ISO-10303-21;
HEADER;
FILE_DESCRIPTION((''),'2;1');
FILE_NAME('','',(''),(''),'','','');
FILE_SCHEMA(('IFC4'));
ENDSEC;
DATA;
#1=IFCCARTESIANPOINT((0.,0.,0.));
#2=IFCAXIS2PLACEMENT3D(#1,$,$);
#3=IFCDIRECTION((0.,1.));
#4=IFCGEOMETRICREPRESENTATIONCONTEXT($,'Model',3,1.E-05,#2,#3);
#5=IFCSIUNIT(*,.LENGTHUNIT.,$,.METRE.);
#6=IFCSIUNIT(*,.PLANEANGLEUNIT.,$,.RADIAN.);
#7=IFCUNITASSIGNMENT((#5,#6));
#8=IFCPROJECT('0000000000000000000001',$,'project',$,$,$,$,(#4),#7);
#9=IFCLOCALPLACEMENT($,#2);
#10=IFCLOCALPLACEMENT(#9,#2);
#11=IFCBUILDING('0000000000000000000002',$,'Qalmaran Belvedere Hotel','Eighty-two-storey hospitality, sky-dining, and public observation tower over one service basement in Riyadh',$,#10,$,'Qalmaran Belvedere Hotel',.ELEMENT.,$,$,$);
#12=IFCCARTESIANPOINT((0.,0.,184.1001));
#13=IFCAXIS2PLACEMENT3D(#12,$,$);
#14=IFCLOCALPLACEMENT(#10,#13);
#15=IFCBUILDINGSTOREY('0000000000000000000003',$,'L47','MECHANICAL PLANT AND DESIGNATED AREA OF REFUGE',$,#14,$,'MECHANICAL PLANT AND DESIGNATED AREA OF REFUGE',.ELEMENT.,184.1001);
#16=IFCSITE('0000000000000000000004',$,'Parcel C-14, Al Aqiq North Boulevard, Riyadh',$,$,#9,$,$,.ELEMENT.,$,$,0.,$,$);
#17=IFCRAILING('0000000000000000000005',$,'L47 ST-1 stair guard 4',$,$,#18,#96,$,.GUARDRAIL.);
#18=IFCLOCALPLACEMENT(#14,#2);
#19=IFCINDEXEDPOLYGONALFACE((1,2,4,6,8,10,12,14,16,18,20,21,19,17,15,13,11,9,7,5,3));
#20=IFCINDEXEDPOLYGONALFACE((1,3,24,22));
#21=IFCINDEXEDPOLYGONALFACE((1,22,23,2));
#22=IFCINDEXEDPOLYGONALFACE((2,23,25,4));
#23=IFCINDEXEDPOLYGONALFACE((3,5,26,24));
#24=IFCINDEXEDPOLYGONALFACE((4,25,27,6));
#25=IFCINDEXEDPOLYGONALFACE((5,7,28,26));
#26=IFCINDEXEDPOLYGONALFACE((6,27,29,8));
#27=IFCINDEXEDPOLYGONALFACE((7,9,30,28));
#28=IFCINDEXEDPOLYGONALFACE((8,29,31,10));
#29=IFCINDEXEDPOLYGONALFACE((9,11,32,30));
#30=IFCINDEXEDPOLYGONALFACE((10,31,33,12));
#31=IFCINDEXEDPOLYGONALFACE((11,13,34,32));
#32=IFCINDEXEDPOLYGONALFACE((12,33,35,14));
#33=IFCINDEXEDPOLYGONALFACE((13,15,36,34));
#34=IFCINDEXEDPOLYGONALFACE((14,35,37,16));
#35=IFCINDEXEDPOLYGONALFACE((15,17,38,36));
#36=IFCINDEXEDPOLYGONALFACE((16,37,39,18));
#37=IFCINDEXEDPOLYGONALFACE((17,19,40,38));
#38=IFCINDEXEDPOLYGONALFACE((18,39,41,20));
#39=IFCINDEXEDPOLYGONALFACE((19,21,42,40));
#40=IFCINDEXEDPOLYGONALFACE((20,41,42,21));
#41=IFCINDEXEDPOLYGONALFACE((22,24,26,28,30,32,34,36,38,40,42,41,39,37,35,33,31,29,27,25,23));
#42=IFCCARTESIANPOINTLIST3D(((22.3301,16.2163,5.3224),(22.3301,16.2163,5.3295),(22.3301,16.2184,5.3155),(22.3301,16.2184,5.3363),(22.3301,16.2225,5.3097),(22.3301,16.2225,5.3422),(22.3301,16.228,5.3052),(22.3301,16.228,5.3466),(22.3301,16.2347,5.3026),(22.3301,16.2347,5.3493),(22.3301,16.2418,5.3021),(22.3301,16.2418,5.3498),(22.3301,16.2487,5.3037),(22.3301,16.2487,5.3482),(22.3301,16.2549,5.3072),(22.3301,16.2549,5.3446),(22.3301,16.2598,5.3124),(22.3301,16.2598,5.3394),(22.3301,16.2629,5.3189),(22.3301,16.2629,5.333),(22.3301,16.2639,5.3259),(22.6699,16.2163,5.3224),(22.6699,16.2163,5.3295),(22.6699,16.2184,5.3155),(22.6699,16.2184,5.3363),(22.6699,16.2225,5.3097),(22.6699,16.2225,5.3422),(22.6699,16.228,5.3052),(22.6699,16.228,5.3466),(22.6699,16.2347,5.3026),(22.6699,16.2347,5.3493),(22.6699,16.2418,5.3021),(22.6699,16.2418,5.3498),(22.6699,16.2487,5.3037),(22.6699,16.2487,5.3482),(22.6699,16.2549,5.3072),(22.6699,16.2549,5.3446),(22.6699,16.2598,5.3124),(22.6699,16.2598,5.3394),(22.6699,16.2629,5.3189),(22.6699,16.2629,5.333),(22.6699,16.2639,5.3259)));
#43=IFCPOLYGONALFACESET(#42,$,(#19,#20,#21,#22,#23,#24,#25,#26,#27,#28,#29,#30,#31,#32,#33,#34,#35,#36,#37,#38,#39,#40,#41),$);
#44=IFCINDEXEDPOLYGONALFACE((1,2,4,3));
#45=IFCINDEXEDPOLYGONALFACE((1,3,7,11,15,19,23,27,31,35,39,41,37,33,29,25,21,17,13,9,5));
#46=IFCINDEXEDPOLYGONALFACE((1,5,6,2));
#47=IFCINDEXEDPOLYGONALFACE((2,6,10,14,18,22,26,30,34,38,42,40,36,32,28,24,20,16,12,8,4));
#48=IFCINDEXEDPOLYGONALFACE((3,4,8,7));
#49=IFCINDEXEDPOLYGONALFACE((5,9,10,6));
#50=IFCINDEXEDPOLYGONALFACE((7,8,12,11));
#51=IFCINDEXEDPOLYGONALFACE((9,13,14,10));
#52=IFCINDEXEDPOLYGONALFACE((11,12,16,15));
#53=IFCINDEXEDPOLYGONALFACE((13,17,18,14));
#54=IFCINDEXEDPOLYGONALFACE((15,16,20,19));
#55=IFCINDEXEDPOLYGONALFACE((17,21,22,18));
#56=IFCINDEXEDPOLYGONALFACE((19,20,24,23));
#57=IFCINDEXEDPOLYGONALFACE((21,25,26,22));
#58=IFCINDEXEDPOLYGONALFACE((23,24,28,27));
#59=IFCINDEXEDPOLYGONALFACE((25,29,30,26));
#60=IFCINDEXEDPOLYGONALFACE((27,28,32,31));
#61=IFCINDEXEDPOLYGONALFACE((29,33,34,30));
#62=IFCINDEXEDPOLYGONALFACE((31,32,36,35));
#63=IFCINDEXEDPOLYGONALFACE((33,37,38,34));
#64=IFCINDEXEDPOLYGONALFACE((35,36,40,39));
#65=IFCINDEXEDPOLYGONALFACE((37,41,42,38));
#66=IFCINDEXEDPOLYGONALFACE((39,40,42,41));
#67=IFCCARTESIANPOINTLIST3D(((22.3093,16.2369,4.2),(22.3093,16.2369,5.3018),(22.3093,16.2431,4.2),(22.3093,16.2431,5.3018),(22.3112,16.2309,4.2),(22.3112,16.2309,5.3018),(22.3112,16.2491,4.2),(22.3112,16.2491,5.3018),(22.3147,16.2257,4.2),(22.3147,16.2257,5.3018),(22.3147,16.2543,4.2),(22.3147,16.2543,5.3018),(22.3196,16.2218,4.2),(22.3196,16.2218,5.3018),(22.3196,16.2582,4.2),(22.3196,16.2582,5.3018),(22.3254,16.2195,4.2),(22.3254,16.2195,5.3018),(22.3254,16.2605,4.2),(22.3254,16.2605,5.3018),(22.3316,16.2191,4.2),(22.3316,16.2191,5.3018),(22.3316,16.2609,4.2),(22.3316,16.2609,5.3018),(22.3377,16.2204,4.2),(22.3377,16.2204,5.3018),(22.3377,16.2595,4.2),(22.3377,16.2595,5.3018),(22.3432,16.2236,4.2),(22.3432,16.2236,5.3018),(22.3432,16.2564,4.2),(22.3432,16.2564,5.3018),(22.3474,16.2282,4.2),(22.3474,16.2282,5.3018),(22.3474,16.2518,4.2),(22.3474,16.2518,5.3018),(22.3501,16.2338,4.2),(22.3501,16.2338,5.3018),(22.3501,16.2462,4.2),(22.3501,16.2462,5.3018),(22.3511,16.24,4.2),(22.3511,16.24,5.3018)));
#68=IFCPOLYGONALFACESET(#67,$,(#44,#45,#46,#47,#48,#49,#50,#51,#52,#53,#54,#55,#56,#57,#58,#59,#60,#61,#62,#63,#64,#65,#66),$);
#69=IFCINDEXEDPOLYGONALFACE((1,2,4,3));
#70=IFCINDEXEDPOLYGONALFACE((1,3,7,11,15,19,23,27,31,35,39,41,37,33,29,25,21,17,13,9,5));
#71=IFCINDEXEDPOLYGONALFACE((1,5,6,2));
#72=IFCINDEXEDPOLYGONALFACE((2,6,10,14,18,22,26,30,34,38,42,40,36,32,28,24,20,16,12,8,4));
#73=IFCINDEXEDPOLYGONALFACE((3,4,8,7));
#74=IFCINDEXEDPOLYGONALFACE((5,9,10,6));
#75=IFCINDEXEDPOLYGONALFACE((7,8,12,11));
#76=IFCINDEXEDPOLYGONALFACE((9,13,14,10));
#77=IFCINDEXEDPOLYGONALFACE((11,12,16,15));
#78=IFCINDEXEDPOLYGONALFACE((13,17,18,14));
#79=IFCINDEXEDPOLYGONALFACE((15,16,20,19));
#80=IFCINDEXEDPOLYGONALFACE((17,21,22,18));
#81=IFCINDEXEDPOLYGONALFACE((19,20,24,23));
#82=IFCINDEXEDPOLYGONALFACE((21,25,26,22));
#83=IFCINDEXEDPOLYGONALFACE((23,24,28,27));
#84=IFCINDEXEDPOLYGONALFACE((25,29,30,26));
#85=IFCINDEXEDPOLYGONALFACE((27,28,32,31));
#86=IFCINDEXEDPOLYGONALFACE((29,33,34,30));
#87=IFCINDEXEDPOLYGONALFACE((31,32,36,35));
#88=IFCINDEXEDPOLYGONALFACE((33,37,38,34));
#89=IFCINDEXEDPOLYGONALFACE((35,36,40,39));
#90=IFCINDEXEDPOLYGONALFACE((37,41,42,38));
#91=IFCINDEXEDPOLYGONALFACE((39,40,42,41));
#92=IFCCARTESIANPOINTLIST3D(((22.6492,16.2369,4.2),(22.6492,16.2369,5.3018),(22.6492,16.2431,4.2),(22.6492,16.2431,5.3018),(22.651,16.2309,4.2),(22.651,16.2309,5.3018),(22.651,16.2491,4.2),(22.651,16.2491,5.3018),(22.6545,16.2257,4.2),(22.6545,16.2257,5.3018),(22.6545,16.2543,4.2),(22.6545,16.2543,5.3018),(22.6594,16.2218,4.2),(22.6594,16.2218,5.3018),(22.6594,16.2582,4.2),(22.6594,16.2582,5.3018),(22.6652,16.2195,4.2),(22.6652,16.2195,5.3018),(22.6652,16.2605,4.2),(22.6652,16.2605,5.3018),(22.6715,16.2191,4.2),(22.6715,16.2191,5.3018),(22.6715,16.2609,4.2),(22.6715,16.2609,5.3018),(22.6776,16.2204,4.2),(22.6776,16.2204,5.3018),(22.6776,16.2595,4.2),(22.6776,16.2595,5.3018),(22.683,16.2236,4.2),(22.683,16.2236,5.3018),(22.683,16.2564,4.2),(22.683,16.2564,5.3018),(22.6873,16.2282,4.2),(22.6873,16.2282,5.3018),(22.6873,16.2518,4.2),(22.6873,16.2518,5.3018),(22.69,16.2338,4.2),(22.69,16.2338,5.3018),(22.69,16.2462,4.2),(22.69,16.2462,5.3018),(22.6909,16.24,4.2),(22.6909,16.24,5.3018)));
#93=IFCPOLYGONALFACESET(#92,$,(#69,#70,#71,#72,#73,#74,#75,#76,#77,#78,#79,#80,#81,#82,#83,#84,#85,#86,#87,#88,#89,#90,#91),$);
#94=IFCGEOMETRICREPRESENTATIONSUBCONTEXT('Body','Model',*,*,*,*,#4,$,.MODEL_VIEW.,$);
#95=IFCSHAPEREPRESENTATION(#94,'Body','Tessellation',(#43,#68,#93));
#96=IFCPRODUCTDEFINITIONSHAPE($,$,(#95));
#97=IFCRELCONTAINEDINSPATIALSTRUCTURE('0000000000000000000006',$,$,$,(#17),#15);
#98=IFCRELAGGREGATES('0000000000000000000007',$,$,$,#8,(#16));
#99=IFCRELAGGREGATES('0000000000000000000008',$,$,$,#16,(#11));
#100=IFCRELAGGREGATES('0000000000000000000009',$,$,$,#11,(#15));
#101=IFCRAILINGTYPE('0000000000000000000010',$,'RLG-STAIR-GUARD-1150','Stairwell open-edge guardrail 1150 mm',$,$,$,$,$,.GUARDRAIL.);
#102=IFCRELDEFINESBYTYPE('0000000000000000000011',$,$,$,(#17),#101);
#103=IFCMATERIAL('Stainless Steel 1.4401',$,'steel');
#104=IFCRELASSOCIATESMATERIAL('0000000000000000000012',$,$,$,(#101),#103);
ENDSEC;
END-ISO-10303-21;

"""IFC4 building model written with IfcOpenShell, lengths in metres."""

from ifc_helpers import new_model, si_unit, direction, frame, origin, origin_2d, place, context, subcontext, project, spatial, circle, extrude, material, type_object, element, save


model = new_model("IFC4")

# Units and contexts
model_context = context("Model", 3, precision=1e-05, world=origin(), true_north=direction((0.0, 1.0)))
body_context = subcontext(model_context, "Body", "Model", "MODEL_VIEW")
ifc_project = project(units=[si_unit("LENGTHUNIT", "METRE"), si_unit("PLANEANGLEUNIT", "RADIAN")], contexts=[model_context])

# Site, building, storey
site_placement = place(None, origin())
site = spatial("IfcSite", under=ifc_project, at=site_placement, Name="Parcel C-14, Al Aqiq North Boulevard, Riyadh", CompositionType="ELEMENT", RefElevation=0.0)
building_placement = place(site_placement, origin())
building = spatial("IfcBuilding", under=site, at=building_placement, Name="Qalmaran Belvedere Hotel", Description="Eighty-two-storey hospitality, sky-dining, and public observation tower over one service basement in Riyadh", LongName="Qalmaran Belvedere Hotel", CompositionType="ELEMENT")
storey_placement = place(building_placement, frame((0.0, 0.0, 184.1001)))
storey = spatial("IfcBuildingStorey", under=building, at=storey_placement, Name="L47", Description="MECHANICAL PLANT AND DESIGNATED AREA OF REFUGE", LongName="MECHANICAL PLANT AND DESIGNATED AREA OF REFUGE", CompositionType="ELEMENT", Elevation=184.1001)

# Shared definitions
ifc_material_1 = material(Name="Stainless Steel 1.4401", Category="steel")

# Railing
railing_type_1 = type_object("IfcRailingType", Name="RLG-STAIR-GUARD-1150", Description="Stairwell open-edge guardrail 1150 mm", PredefinedType="GUARDRAIL", material=ifc_material_1)
railing_1_placement = place(storey_placement, frame((22.3301, 16.24, 4.2)))
element("IfcRailing", 1, at=railing_1_placement, inside=storey, type_object=railing_type_1, Name="L47 ST-1 stair guard 4", PredefinedType="GUARDRAIL", context=body_context, shape_type="SweptSolid", body=[
    extrude(circle(Radius=0.0239, at=origin_2d()), frame((0.0, 0.0, 1.126), z_axis=(1.0, 0.0, 0.0), x_axis=(0.0, 1.0, 0.0)), (0.0, 0.0, 1.0), 0.3398),
    extrude(circle(Radius=0.021, at=origin_2d()), origin(), (0.0, 0.0, 1.0), 1.1018),
    extrude(circle(Radius=0.021, at=origin_2d()), frame((0.3398, 0.0, 0.0)), (0.0, 0.0, 1.0), 1.1018),
])

save(model, "model.ifc")
